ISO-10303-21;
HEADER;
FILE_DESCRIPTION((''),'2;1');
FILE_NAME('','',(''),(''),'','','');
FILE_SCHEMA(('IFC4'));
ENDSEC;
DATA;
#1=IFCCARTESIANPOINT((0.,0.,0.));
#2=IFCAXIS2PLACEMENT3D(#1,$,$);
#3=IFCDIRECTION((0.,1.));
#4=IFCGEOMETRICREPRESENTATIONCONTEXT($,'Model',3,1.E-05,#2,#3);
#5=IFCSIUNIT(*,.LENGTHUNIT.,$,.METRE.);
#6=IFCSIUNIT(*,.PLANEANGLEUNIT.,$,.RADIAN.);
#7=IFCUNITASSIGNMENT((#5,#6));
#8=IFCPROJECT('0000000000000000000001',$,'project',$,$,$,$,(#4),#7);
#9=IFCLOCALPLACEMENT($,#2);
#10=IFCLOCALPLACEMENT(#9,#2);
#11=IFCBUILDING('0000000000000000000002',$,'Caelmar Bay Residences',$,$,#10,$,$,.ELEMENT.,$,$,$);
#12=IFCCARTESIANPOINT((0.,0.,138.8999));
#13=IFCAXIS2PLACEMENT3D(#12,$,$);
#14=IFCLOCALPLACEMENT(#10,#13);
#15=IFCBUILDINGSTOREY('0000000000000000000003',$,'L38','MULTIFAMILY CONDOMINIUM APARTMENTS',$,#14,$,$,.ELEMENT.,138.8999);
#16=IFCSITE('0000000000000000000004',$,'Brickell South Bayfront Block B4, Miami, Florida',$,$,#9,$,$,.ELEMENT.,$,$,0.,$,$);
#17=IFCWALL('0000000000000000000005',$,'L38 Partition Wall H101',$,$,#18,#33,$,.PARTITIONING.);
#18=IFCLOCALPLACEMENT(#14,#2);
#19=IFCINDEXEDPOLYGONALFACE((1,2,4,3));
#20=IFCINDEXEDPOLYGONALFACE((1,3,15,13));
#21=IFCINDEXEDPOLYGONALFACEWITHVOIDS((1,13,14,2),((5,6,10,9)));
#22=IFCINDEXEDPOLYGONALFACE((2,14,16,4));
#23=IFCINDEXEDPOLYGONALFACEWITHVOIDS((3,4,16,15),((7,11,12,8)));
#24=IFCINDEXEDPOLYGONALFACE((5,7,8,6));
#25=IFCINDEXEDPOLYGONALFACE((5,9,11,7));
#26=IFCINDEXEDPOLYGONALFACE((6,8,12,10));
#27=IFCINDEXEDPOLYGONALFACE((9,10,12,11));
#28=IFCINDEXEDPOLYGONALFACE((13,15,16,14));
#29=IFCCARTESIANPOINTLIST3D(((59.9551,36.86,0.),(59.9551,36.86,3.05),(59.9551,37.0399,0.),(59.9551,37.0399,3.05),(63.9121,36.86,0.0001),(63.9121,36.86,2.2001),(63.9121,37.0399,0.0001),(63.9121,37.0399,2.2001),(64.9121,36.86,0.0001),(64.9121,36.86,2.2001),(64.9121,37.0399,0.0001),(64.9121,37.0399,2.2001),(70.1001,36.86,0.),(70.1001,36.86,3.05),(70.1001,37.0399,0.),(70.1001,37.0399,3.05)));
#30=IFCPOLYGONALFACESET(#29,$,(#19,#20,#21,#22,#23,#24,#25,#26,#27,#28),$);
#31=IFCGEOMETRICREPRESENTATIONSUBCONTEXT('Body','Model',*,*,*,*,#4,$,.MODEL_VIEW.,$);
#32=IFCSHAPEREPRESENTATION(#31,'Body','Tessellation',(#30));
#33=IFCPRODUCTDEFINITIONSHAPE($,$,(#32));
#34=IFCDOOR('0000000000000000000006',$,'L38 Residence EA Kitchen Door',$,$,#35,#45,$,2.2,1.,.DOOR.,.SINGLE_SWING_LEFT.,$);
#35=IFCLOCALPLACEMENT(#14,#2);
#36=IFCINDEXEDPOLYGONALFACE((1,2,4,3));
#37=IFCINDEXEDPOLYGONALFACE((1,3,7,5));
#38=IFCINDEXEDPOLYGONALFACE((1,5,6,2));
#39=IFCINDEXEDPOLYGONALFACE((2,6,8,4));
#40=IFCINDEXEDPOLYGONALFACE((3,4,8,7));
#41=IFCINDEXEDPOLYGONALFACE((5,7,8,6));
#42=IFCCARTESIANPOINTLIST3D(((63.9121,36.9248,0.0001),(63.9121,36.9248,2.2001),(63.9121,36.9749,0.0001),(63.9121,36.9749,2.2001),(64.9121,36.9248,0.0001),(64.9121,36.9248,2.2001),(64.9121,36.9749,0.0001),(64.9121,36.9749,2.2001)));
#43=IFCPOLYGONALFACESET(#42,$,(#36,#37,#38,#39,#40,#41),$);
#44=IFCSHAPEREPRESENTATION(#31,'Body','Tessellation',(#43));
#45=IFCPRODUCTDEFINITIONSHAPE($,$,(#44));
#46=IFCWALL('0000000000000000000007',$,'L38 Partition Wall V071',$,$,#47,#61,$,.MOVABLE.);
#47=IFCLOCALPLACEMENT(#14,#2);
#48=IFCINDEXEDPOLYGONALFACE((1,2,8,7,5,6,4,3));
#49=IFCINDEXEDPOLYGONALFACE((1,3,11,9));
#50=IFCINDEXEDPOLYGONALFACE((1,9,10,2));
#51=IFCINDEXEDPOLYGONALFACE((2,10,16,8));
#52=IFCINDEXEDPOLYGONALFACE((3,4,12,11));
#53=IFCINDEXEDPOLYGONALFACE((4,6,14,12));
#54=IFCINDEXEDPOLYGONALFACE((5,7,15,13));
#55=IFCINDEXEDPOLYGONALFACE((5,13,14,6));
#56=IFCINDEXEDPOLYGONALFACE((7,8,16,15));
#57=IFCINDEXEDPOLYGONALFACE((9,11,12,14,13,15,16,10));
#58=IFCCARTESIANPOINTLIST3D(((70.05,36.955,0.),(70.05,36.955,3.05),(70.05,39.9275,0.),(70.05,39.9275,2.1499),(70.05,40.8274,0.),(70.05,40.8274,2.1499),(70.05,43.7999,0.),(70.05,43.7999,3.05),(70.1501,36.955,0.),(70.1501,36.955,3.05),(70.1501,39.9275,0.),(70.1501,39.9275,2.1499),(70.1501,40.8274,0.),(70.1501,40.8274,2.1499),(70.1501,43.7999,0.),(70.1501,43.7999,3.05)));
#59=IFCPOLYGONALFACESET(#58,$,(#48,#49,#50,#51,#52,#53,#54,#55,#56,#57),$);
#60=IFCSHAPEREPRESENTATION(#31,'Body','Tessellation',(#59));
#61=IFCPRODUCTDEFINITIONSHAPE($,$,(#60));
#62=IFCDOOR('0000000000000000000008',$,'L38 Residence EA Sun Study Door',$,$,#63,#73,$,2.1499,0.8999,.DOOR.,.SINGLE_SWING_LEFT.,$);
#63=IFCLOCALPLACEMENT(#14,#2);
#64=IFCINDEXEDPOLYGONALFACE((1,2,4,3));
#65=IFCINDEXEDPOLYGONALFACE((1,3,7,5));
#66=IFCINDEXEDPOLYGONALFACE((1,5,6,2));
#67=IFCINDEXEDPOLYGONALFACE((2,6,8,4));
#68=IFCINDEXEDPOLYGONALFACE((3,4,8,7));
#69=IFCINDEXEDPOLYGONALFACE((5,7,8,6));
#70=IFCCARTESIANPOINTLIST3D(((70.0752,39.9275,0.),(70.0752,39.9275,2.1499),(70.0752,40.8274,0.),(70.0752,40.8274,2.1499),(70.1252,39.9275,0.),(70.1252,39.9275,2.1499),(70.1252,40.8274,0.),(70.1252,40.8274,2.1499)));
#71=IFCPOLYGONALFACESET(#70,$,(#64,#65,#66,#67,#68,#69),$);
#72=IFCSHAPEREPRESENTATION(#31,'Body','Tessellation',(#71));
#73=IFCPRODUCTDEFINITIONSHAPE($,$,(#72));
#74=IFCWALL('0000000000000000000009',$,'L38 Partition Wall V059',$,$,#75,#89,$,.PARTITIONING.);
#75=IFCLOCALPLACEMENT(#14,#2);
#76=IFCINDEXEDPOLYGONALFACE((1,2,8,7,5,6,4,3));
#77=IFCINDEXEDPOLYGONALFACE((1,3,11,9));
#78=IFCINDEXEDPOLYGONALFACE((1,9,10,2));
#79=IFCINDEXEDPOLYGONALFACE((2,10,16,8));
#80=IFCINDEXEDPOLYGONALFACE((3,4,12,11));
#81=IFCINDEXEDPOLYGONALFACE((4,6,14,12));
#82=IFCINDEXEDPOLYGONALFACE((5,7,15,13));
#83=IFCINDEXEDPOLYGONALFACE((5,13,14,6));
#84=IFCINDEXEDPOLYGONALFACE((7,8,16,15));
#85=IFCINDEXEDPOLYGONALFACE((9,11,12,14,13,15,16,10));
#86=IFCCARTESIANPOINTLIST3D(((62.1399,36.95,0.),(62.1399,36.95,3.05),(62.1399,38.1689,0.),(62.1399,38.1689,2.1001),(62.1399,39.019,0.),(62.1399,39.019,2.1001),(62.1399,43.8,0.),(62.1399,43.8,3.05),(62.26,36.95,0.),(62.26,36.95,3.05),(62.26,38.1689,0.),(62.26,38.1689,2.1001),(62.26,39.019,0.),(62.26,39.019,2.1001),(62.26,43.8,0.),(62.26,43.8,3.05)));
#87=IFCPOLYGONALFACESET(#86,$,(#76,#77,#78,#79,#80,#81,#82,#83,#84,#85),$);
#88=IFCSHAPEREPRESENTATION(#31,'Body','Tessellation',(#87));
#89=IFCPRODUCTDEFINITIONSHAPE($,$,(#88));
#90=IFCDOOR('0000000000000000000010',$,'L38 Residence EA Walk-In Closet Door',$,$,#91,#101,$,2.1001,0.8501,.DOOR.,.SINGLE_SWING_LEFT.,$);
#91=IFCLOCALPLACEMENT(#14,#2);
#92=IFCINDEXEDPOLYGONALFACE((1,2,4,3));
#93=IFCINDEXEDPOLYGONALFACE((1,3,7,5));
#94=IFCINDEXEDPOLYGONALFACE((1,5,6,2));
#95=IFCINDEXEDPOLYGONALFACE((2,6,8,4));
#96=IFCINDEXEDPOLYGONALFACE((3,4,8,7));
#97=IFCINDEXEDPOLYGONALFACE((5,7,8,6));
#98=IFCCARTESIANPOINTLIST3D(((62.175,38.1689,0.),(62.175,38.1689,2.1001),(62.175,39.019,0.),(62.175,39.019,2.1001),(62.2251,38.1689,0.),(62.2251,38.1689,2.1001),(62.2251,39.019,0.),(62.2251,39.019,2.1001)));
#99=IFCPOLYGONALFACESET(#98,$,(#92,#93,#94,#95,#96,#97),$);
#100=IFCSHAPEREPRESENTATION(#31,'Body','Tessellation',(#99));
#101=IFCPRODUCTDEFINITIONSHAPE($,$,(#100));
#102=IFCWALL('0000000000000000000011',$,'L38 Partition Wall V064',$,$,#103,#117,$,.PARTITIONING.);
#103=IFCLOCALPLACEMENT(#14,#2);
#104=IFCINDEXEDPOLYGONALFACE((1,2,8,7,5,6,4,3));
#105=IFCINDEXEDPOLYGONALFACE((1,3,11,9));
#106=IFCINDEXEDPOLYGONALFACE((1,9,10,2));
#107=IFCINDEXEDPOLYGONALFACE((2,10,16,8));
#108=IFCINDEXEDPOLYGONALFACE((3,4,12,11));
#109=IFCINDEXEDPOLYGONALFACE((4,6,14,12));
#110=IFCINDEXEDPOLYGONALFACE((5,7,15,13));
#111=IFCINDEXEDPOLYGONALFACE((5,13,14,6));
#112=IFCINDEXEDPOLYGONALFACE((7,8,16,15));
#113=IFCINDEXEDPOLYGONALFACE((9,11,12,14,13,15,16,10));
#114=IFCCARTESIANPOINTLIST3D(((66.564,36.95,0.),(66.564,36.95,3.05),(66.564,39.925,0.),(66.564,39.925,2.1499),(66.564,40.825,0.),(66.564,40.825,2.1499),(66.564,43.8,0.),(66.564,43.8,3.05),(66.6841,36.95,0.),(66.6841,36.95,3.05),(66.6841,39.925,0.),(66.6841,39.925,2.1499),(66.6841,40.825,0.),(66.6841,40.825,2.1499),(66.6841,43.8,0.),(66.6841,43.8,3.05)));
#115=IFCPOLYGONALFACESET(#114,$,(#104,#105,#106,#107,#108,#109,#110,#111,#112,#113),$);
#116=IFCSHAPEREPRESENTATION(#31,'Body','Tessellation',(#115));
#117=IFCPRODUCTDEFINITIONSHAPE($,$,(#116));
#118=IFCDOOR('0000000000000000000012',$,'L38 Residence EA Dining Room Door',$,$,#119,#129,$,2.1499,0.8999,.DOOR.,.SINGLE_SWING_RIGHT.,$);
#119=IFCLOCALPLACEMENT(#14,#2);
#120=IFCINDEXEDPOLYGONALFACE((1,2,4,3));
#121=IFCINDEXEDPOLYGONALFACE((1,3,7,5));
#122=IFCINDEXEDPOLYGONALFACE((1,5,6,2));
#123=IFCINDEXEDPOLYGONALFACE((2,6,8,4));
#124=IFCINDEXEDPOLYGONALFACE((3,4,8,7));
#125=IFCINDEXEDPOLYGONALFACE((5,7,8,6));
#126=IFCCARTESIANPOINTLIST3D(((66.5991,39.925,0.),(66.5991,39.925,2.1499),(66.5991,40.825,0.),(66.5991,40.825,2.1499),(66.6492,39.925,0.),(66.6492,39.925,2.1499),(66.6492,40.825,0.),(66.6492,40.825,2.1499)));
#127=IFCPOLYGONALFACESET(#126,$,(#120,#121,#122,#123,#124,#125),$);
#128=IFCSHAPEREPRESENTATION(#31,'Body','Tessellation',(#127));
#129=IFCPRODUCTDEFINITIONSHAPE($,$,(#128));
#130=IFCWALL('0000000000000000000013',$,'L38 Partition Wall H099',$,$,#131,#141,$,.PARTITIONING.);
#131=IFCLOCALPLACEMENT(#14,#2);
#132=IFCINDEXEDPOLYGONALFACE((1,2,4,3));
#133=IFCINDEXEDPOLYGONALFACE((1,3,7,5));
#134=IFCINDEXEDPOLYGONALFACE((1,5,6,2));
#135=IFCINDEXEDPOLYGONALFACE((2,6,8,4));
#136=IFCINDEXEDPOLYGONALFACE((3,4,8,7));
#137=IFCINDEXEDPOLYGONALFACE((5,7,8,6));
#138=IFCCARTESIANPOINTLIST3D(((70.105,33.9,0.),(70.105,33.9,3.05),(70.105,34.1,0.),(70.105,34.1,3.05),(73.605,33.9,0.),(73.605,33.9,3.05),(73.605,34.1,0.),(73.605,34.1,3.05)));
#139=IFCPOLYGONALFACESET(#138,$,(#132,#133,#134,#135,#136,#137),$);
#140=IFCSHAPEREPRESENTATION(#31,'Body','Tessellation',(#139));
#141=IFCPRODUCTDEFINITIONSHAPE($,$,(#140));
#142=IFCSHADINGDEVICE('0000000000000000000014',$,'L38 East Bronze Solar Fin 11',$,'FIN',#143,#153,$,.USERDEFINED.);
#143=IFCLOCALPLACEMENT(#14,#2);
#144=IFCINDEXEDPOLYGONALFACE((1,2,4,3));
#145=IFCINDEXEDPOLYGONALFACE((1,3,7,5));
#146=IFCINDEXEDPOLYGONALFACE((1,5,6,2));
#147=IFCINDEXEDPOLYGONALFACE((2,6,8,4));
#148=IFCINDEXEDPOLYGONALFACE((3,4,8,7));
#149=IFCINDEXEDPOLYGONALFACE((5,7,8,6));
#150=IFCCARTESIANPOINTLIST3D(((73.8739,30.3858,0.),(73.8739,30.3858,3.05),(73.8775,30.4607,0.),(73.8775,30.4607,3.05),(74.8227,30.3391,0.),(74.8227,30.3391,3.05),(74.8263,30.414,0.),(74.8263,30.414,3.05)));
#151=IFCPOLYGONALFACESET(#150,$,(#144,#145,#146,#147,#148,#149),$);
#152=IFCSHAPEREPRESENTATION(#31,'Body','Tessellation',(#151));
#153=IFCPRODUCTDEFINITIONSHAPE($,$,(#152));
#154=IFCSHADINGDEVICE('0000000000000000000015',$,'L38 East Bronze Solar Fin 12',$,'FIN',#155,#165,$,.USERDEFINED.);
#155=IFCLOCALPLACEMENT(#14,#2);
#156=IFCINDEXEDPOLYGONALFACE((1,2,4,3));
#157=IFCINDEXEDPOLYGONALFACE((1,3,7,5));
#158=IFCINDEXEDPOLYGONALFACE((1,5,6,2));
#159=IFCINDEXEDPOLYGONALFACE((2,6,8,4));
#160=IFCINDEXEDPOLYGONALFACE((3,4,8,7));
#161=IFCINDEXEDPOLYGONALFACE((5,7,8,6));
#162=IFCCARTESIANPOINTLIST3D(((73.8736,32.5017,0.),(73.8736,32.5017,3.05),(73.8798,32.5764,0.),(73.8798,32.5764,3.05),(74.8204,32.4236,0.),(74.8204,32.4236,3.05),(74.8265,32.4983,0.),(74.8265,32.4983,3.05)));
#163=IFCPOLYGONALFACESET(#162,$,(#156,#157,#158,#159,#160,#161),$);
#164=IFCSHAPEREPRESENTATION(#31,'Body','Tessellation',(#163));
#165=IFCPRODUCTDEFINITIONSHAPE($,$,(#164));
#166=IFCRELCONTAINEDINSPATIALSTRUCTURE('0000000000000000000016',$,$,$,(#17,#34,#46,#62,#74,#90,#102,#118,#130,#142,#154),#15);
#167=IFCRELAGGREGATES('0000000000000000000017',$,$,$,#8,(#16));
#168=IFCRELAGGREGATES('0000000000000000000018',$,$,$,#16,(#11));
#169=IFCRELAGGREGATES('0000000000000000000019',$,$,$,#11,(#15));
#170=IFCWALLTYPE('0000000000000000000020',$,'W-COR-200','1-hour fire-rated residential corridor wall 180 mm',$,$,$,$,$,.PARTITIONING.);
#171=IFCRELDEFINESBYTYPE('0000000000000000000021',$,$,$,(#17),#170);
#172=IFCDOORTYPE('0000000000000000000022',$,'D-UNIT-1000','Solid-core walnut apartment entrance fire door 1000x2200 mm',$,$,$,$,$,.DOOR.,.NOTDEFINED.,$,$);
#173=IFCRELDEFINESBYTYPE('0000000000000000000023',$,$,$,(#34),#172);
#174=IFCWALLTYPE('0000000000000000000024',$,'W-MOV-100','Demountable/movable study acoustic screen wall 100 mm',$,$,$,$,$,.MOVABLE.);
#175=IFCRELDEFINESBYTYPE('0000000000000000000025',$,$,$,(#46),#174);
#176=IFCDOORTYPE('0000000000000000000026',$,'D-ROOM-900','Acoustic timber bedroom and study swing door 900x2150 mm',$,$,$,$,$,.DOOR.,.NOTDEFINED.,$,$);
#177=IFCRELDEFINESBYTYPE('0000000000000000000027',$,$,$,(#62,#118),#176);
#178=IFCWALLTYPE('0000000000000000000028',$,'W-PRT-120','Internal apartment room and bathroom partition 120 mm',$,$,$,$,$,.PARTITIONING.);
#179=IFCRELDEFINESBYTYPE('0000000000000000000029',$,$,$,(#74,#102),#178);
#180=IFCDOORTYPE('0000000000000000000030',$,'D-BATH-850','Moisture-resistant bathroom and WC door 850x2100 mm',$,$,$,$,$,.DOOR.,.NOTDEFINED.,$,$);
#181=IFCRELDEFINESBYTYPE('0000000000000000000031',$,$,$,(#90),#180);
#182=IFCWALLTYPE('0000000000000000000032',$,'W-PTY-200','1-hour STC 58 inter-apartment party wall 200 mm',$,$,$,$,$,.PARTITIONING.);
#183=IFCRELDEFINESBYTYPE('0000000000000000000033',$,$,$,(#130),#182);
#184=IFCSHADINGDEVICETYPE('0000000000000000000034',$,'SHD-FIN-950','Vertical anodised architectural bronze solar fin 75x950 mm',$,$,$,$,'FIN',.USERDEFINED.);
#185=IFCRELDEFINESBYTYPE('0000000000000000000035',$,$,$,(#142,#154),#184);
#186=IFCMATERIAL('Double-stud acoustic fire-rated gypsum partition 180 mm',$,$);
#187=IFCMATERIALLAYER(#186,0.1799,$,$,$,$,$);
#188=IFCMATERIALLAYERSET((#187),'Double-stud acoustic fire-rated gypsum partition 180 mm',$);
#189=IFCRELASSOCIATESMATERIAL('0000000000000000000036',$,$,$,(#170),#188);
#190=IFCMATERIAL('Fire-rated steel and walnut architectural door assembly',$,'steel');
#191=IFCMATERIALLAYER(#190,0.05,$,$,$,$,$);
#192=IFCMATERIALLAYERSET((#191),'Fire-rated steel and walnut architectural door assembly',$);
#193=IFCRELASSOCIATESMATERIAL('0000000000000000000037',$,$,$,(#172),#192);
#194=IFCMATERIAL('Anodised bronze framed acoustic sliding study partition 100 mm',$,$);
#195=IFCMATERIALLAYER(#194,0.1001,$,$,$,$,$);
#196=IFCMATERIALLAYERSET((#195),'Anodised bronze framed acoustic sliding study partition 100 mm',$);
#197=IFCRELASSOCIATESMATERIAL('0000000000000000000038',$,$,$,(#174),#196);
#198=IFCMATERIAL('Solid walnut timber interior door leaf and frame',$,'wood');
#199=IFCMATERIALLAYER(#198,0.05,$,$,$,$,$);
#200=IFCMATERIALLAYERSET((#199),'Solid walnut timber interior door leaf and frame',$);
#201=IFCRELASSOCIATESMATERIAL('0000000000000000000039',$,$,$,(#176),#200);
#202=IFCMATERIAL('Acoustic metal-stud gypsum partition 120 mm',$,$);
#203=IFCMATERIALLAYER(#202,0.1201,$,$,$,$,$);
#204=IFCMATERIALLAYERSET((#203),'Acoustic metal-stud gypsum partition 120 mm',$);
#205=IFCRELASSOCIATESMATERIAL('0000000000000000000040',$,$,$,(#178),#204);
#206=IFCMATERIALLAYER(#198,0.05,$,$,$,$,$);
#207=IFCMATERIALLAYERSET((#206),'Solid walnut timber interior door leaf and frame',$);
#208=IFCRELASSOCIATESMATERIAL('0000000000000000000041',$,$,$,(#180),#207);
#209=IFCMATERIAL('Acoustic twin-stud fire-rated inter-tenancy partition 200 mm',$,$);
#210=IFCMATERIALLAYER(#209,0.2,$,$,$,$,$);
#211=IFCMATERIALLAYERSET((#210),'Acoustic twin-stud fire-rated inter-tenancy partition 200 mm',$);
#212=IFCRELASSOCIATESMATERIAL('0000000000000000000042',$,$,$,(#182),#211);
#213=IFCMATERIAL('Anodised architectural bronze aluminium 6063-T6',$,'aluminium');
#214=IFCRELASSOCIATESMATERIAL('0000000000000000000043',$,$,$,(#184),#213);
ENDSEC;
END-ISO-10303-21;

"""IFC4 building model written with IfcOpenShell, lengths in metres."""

from ifc_helpers import new_model, si_unit, direction, frame, frame_2d, origin, origin_2d, place, context, subcontext, project, spatial, rectangle, extrude, material, layer, layer_set, material_profile, profile_set, type_object, element, fill, save


model = new_model("IFC4")

# Units and contexts
model_context = context("Model", 3, precision=1e-05, world=origin(), true_north=direction((0.0, 1.0)))
body_context = subcontext(model_context, "Body", "Model", "MODEL_VIEW")
ifc_project = project(units=[si_unit("LENGTHUNIT", "METRE"), si_unit("PLANEANGLEUNIT", "RADIAN")], contexts=[model_context])

# Site, building, storey
site_placement = place(None, origin())
site = spatial("IfcSite", under=ifc_project, at=site_placement, Name="Brickell South Bayfront Block B4, Miami, Florida", CompositionType="ELEMENT", RefElevation=0.0)
building_placement = place(site_placement, origin())
building = spatial("IfcBuilding", under=site, at=building_placement, Name="Caelmar Bay Residences", CompositionType="ELEMENT")
storey_placement = place(building_placement, frame((0.0, 0.0, 138.8999)))
storey = spatial("IfcBuildingStorey", under=building, at=storey_placement, Name="L38", Description="MULTIFAMILY CONDOMINIUM APARTMENTS", CompositionType="ELEMENT", Elevation=138.8999)

# Shared definitions
ifc_material_1 = material(Name="Double-stud acoustic fire-rated gypsum partition 180 mm")
ifc_layer_1 = layer(ifc_material_1, 0.1799)
ifc_layer_set_1 = layer_set([ifc_layer_1], Name="Double-stud acoustic fire-rated gypsum partition 180 mm")
wall_type_1 = type_object("IfcWallType", Name="W-COR-200", Description="1-hour fire-rated residential corridor wall 180 mm", PredefinedType="PARTITIONING", material=ifc_layer_set_1)

# Walls, openings, doors
wall_1_placement = place(storey_placement, frame((59.9551, 36.95, 0.0), z_axis=(0.0, 0.0, 1.0), x_axis=(1.0, 0.0, 0.0)))
wall_1 = element("IfcWall", 1, at=wall_1_placement, inside=storey, type_object=wall_type_1, Name="L38 Partition Wall H101", PredefinedType="PARTITIONING", context=body_context, shape_type="SweptSolid", body=[
    extrude(rectangle(XDim=10.145, YDim=0.1799, at=frame_2d((5.0725, 0.0))), origin(), (0.0, 0.0, 1.0), 3.05),
])
opening_1_placement = place(wall_1_placement, frame((3.957, 0.0, 0.0)))
opening_1 = element("IfcOpeningElement", 2, at=opening_1_placement, cuts=wall_1, PredefinedType="OPENING", context=body_context, shape_type="SweptSolid", body=[
    extrude(rectangle(XDim=1.0, YDim=2.2, at=frame_2d((0.5, 1.1001))), frame((0.0, 0.0999, 0.0), z_axis=(0.0, -1.0, 0.0), x_axis=(1.0, 0.0, 0.0)), (0.0, 0.0, 1.0), 0.2),
])
ifc_material_2 = material(Name="Fire-rated steel and walnut architectural door assembly", Category="steel")
ifc_layer_2 = layer(ifc_material_2, 0.05)
ifc_layer_set_2 = layer_set([ifc_layer_2], Name="Fire-rated steel and walnut architectural door assembly")
door_type_1 = type_object("IfcDoorType", Name="D-UNIT-1000", Description="Solid-core walnut apartment entrance fire door 1000x2200 mm", OperationType="NOTDEFINED", PredefinedType="DOOR", material=ifc_layer_set_2)
door_1_placement = place(opening_1_placement, origin())
door_1 = element("IfcDoor", 3, at=door_1_placement, inside=storey, type_object=door_type_1, Name="L38 Residence EA Kitchen Door", OperationType="SINGLE_SWING_LEFT", OverallHeight=2.2, OverallWidth=1.0, PredefinedType="DOOR", context=body_context, shape_type="SweptSolid", body=[
    extrude(rectangle(XDim=1.0, YDim=2.2, at=frame_2d((0.5, 1.1001))), frame((0.0, 0.0249, 0.0), z_axis=(0.0, -1.0, 0.0), x_axis=(1.0, 0.0, 0.0)), (0.0, 0.0, 1.0), 0.05),
])
fill(opening_1, door_1)
ifc_material_3 = material(Name="Anodised bronze framed acoustic sliding study partition 100 mm")
ifc_layer_3 = layer(ifc_material_3, 0.1001)
ifc_layer_set_3 = layer_set([ifc_layer_3], Name="Anodised bronze framed acoustic sliding study partition 100 mm")
wall_type_2 = type_object("IfcWallType", Name="W-MOV-100", Description="Demountable/movable study acoustic screen wall 100 mm", PredefinedType="MOVABLE", material=ifc_layer_set_3)
wall_2_placement = place(storey_placement, frame((70.1001, 36.9551, 0.0), z_axis=(0.0, 0.0, 1.0), x_axis=(0.0, 1.0, 0.0)))
wall_2 = element("IfcWall", 4, at=wall_2_placement, inside=storey, type_object=wall_type_2, Name="L38 Partition Wall V071", PredefinedType="MOVABLE", context=body_context, shape_type="SweptSolid", body=[
    extrude(rectangle(XDim=6.845, YDim=0.1001, at=frame_2d((3.4224, 0.0))), origin(), (0.0, 0.0, 1.0), 3.05),
])
opening_2_placement = place(wall_2_placement, frame((2.9724, 0.0, 0.0)))
opening_2 = element("IfcOpeningElement", 5, at=opening_2_placement, cuts=wall_2, PredefinedType="OPENING", context=body_context, shape_type="SweptSolid", body=[
    extrude(rectangle(XDim=0.8999, YDim=2.1499, at=frame_2d((0.45, 1.075))), frame((0.0, 0.0601, 0.0), z_axis=(0.0, -1.0, 0.0), x_axis=(1.0, 0.0, 0.0)), (0.0, 0.0, 1.0), 0.1201),
])
ifc_material_4 = material(Name="Solid walnut timber interior door leaf and frame", Category="wood")
ifc_layer_4 = layer(ifc_material_4, 0.05)
ifc_layer_set_4 = layer_set([ifc_layer_4], Name="Solid walnut timber interior door leaf and frame")
door_type_2 = type_object("IfcDoorType", Name="D-ROOM-900", Description="Acoustic timber bedroom and study swing door 900x2150 mm", OperationType="NOTDEFINED", PredefinedType="DOOR", material=ifc_layer_set_4)
door_2_placement = place(opening_2_placement, origin())
door_2 = element("IfcDoor", 6, at=door_2_placement, inside=storey, type_object=door_type_2, Name="L38 Residence EA Sun Study Door", OperationType="SINGLE_SWING_LEFT", OverallHeight=2.1499, OverallWidth=0.8999, PredefinedType="DOOR", context=body_context, shape_type="SweptSolid", body=[
    extrude(rectangle(XDim=0.8999, YDim=2.1499, at=frame_2d((0.45, 1.075))), frame((0.0, 0.0249, 0.0), z_axis=(0.0, -1.0, 0.0), x_axis=(1.0, 0.0, 0.0)), (0.0, 0.0, 1.0), 0.05),
])
fill(opening_2, door_2)
ifc_material_5 = material(Name="Acoustic metal-stud gypsum partition 120 mm")
ifc_layer_5 = layer(ifc_material_5, 0.1201)
ifc_layer_set_5 = layer_set([ifc_layer_5], Name="Acoustic metal-stud gypsum partition 120 mm")
wall_type_3 = type_object("IfcWallType", Name="W-PRT-120", Description="Internal apartment room and bathroom partition 120 mm", PredefinedType="PARTITIONING", material=ifc_layer_set_5)
wall_3_placement = place(storey_placement, frame((62.2, 36.95, 0.0), z_axis=(0.0, 0.0, 1.0), x_axis=(0.0, 1.0, 0.0)))
wall_3 = element("IfcWall", 7, at=wall_3_placement, inside=storey, type_object=wall_type_3, Name="L38 Partition Wall V059", PredefinedType="PARTITIONING", context=body_context, shape_type="SweptSolid", body=[
    extrude(rectangle(XDim=6.8501, YDim=0.1201, at=frame_2d((3.425, 0.0))), origin(), (0.0, 0.0, 1.0), 3.05),
])
opening_3_placement = place(wall_3_placement, frame((1.219, 0.0, 0.0)))
opening_3 = element("IfcOpeningElement", 8, at=opening_3_placement, cuts=wall_3, PredefinedType="OPENING", context=body_context, shape_type="SweptSolid", body=[
    extrude(rectangle(XDim=0.8501, YDim=2.1001, at=frame_2d((0.425, 1.05))), frame((0.0, 0.0701, 0.0), z_axis=(0.0, -1.0, 0.0), x_axis=(1.0, 0.0, 0.0)), (0.0, 0.0, 1.0), 0.1401),
])
ifc_layer_6 = layer(ifc_material_4, 0.05)
ifc_layer_set_6 = layer_set([ifc_layer_6], Name="Solid walnut timber interior door leaf and frame")
door_type_3 = type_object("IfcDoorType", Name="D-BATH-850", Description="Moisture-resistant bathroom and WC door 850x2100 mm", OperationType="NOTDEFINED", PredefinedType="DOOR", material=ifc_layer_set_6)
door_3_placement = place(opening_3_placement, origin())
door_3 = element("IfcDoor", 9, at=door_3_placement, inside=storey, type_object=door_type_3, Name="L38 Residence EA Walk-In Closet Door", OperationType="SINGLE_SWING_LEFT", OverallHeight=2.1001, OverallWidth=0.8501, PredefinedType="DOOR", context=body_context, shape_type="SweptSolid", body=[
    extrude(rectangle(XDim=0.8501, YDim=2.1001, at=frame_2d((0.425, 1.05))), frame((0.0, 0.0249, 0.0), z_axis=(0.0, -1.0, 0.0), x_axis=(1.0, 0.0, 0.0)), (0.0, 0.0, 1.0), 0.05),
])
fill(opening_3, door_3)
wall_4_placement = place(storey_placement, frame((66.624, 36.95, 0.0), z_axis=(0.0, 0.0, 1.0), x_axis=(0.0, 1.0, 0.0)))
wall_4 = element("IfcWall", 10, at=wall_4_placement, inside=storey, type_object=wall_type_3, Name="L38 Partition Wall V064", PredefinedType="PARTITIONING", context=body_context, shape_type="SweptSolid", body=[
    extrude(rectangle(XDim=6.8501, YDim=0.1201, at=frame_2d((3.425, 0.0))), origin(), (0.0, 0.0, 1.0), 3.05),
])
opening_4_placement = place(wall_4_placement, frame((2.9751, 0.0, 0.0)))
opening_4 = element("IfcOpeningElement", 11, at=opening_4_placement, cuts=wall_4, PredefinedType="OPENING", context=body_context, shape_type="SweptSolid", body=[
    extrude(rectangle(XDim=0.8999, YDim=2.1499, at=frame_2d((0.45, 1.075))), frame((0.0, 0.0701, 0.0), z_axis=(0.0, -1.0, 0.0), x_axis=(1.0, 0.0, 0.0)), (0.0, 0.0, 1.0), 0.1401),
])
door_4_placement = place(opening_4_placement, origin())
door_4 = element("IfcDoor", 12, at=door_4_placement, inside=storey, type_object=door_type_2, Name="L38 Residence EA Dining Room Door", OperationType="SINGLE_SWING_RIGHT", OverallHeight=2.1499, OverallWidth=0.8999, PredefinedType="DOOR", context=body_context, shape_type="SweptSolid", body=[
    extrude(rectangle(XDim=0.8999, YDim=2.1499, at=frame_2d((0.45, 1.075))), frame((0.0, 0.0249, 0.0), z_axis=(0.0, -1.0, 0.0), x_axis=(1.0, 0.0, 0.0)), (0.0, 0.0, 1.0), 0.05),
])
fill(opening_4, door_4)

# Wall
ifc_material_6 = material(Name="Acoustic twin-stud fire-rated inter-tenancy partition 200 mm")
ifc_layer_7 = layer(ifc_material_6, 0.2)
ifc_layer_set_7 = layer_set([ifc_layer_7], Name="Acoustic twin-stud fire-rated inter-tenancy partition 200 mm")
wall_type_4 = type_object("IfcWallType", Name="W-PTY-200", Description="1-hour STC 58 inter-apartment party wall 200 mm", PredefinedType="PARTITIONING", material=ifc_layer_set_7)
wall_5_placement = place(storey_placement, frame((70.105, 34.0, 0.0), z_axis=(0.0, 0.0, 1.0), x_axis=(1.0, 0.0, 0.0)))
element("IfcWall", 13, at=wall_5_placement, inside=storey, type_object=wall_type_4, Name="L38 Partition Wall H099", PredefinedType="PARTITIONING", context=body_context, shape_type="SweptSolid", body=[
    extrude(rectangle(XDim=3.5, YDim=0.2, at=frame_2d((1.75, 0.0))), origin(), (0.0, 0.0, 1.0), 3.05),
])

# Shading devices
ifc_material_7 = material(Name="Anodised architectural bronze aluminium 6063-T6", Category="aluminium")
ifc_material_profile_1 = material_profile(ifc_material_7, rectangle(XDim=0.075, YDim=0.95, at=origin_2d()), Name="BRONZE-FIN-75X950")
ifc_profile_set_1 = profile_set([ifc_material_profile_1], Name="Anodised architectural bronze aluminium 6063-T6")
shading_device_type = type_object("IfcShadingDeviceType", Name="SHD-FIN-950", Description="Vertical anodised architectural bronze solar fin 75x950 mm", ElementType="FIN", PredefinedType="USERDEFINED", material=ifc_profile_set_1)
for number, where, z_axis, x_axis, name in (
    (14, (74.3501, 30.3999, 0.0), (0.0, 0.0, 1.0), (0.049198, 0.998789, 0.0), "L38 East Bronze Solar Fin 11"),
    (15, (74.3501, 32.5, 0.0), (0.0, 0.0, 1.0), (0.082112, 0.996623, 0.0), "L38 East Bronze Solar Fin 12"),
):
    element("IfcShadingDevice", number, at=place(storey_placement, frame(where, z_axis=z_axis, x_axis=x_axis)), inside=storey, type_object=shading_device_type, Name=name, ObjectType="FIN", PredefinedType="USERDEFINED", context=body_context, shape_type="SweptSolid", body=[
        extrude(rectangle(XDim=0.075, YDim=0.95, at=origin_2d()), origin(), (0.0, 0.0, 1.0), 3.05),
    ])

save(model, "model.ifc")
